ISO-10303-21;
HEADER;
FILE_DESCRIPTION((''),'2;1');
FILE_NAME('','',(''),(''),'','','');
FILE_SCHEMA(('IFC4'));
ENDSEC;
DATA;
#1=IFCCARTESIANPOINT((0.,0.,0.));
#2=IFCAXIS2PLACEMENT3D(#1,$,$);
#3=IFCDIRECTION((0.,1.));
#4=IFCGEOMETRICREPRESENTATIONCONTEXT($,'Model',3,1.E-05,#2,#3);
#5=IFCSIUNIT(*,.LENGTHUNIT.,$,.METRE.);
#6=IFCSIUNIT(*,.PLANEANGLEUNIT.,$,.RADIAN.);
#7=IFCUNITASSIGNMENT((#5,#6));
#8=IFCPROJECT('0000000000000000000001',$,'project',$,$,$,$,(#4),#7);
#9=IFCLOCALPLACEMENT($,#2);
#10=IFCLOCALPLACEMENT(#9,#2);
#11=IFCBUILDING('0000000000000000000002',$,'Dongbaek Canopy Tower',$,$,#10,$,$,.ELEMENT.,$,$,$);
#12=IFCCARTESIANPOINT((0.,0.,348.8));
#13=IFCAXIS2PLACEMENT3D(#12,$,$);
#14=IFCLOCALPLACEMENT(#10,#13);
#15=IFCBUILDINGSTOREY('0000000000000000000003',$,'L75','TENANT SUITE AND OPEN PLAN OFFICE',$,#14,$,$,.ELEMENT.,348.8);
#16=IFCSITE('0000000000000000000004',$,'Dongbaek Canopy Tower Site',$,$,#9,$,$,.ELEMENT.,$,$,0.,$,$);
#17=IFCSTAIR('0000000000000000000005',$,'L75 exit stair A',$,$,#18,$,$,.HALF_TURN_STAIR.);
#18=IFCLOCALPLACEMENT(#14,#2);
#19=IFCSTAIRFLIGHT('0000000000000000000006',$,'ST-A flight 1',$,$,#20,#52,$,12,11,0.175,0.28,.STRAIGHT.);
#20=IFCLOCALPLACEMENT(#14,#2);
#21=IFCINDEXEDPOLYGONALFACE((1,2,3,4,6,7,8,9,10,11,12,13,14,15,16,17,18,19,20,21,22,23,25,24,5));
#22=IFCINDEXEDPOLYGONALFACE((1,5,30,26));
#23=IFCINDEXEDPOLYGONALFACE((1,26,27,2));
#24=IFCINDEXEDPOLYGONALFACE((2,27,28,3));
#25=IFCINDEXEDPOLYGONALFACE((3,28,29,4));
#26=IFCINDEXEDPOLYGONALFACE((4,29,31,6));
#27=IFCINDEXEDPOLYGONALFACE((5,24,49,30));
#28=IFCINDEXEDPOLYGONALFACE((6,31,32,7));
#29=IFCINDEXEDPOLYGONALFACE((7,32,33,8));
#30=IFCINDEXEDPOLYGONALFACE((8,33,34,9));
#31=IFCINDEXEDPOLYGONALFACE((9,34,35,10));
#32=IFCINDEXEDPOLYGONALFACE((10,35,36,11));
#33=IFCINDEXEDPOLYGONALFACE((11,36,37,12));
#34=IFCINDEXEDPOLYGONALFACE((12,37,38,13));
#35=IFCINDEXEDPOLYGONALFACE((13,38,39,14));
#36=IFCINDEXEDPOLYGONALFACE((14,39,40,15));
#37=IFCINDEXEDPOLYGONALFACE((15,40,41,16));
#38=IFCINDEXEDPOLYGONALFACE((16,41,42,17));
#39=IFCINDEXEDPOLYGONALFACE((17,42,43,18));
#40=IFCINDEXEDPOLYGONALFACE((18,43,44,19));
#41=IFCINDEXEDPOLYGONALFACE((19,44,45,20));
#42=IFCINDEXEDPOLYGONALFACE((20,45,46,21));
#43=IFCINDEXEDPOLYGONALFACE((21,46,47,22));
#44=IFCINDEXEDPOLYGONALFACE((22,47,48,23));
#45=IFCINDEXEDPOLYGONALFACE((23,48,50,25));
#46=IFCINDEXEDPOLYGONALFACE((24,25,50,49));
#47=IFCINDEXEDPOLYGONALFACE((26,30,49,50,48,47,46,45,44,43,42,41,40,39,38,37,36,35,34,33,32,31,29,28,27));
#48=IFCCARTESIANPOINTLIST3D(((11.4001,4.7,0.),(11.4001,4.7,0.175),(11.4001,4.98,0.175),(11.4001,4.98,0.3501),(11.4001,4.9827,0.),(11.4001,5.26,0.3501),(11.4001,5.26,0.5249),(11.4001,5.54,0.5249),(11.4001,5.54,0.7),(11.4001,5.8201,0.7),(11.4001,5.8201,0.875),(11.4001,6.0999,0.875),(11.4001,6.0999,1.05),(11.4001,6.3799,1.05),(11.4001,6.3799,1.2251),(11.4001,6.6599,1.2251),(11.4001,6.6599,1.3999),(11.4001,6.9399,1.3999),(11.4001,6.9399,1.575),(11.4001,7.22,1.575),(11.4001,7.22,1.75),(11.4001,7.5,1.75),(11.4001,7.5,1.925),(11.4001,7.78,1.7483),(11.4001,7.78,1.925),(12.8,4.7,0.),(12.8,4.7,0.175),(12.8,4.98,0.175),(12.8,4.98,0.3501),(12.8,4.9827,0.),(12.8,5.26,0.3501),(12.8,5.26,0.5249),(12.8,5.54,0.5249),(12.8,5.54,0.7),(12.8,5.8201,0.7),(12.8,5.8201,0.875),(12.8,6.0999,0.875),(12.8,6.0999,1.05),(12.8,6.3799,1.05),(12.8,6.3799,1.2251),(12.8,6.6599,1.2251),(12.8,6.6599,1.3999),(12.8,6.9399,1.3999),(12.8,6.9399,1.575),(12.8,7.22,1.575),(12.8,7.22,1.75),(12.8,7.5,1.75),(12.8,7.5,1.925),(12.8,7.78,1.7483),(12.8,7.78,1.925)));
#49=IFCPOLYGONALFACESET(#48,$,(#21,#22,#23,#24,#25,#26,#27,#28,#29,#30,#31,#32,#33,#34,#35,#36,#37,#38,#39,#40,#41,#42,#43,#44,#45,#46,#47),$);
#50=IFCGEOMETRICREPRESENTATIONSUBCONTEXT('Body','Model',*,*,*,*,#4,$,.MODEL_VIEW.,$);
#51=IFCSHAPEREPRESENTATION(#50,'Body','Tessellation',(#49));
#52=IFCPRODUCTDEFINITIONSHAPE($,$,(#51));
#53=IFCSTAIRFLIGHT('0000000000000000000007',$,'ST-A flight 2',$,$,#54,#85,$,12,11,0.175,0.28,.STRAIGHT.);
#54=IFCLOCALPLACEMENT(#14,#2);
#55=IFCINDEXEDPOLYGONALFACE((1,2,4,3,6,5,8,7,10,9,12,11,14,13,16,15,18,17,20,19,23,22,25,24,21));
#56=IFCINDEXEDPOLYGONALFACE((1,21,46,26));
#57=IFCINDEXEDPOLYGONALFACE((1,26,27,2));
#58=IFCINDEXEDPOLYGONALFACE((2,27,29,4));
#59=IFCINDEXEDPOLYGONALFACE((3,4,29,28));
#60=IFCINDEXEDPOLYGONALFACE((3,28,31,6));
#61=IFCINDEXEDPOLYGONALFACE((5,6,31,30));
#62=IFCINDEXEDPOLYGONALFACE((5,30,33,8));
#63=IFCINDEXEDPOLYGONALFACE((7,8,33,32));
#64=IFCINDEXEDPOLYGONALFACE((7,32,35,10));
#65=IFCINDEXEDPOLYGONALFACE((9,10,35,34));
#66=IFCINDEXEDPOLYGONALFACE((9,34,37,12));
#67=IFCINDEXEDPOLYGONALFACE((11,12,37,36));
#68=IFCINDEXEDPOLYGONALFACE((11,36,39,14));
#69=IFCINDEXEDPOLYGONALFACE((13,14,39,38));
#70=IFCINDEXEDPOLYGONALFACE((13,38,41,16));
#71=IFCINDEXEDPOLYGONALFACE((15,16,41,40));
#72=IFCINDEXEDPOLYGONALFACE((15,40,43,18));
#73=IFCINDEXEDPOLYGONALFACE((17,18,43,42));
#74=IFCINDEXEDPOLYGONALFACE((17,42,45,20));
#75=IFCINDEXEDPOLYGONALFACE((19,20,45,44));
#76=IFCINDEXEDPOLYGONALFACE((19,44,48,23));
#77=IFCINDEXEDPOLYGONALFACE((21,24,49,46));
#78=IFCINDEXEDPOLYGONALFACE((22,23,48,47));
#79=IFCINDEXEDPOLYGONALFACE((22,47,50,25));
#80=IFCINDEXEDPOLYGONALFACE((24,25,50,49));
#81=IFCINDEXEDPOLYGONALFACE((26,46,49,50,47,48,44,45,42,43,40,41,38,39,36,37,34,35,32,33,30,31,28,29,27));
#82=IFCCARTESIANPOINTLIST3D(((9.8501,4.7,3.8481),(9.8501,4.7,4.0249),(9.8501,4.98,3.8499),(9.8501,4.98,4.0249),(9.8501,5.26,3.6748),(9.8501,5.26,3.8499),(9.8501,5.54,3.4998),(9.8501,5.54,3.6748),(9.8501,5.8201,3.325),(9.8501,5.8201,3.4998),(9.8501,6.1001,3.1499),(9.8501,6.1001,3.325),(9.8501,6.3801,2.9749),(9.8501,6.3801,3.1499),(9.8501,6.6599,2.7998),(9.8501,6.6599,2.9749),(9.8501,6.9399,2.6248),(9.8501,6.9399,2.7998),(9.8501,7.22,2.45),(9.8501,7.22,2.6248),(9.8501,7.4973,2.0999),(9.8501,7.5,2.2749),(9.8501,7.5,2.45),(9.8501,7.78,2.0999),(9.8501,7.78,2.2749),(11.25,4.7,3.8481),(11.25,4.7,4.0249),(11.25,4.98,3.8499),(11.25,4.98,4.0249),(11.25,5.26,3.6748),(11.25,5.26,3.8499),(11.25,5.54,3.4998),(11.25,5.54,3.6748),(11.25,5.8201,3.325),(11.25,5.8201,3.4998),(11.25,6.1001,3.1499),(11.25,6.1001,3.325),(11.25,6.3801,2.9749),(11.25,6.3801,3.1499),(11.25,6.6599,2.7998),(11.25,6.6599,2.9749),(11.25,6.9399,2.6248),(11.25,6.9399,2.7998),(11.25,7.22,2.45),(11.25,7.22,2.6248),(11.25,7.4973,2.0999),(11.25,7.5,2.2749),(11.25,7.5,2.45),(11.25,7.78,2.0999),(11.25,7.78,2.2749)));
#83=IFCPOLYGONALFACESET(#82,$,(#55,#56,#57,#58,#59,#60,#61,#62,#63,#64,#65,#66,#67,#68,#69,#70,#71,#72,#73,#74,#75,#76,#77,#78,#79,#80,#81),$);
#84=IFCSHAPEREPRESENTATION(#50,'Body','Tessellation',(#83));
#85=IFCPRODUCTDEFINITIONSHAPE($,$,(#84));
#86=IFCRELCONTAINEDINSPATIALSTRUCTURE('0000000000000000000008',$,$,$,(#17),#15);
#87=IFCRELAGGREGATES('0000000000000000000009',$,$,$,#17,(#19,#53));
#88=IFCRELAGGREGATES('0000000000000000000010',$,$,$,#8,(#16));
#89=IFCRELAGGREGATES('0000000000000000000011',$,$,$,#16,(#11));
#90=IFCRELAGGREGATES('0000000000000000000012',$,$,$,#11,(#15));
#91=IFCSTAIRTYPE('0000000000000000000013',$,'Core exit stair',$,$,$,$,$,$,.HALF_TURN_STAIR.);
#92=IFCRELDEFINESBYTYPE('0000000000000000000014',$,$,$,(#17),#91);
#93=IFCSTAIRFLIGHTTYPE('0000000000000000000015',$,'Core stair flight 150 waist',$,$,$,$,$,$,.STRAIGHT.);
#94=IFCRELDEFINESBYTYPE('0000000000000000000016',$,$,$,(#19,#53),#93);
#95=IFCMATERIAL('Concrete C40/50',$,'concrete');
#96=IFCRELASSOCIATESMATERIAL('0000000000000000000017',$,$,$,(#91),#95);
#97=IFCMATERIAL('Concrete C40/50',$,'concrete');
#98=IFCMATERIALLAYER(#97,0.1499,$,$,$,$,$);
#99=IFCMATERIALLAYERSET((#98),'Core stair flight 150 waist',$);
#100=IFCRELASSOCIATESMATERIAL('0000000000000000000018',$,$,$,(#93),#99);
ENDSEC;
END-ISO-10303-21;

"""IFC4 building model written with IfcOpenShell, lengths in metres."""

from ifc_helpers import new_model, si_unit, direction, frame, origin, place, context, subcontext, project, spatial, polyline, outline, extrude, material, layer, layer_set, type_object, element, aggregate, save


model = new_model("IFC4")

# Units and contexts
model_context = context("Model", 3, precision=1e-05, world=origin(), true_north=direction((0.0, 1.0)))
body_context = subcontext(model_context, "Body", "Model", "MODEL_VIEW")
ifc_project = project(units=[si_unit("LENGTHUNIT", "METRE"), si_unit("PLANEANGLEUNIT", "RADIAN")], contexts=[model_context])

# Site, building, storey
site_placement = place(None, origin())
site = spatial("IfcSite", under=ifc_project, at=site_placement, Name="Dongbaek Canopy Tower Site", CompositionType="ELEMENT", RefElevation=0.0)
building_placement = place(site_placement, origin())
building = spatial("IfcBuilding", under=site, at=building_placement, Name="Dongbaek Canopy Tower", CompositionType="ELEMENT")
storey_placement = place(building_placement, frame((0.0, 0.0, 348.8)))
storey = spatial("IfcBuildingStorey", under=building, at=storey_placement, Name="L75", Description="TENANT SUITE AND OPEN PLAN OFFICE", CompositionType="ELEMENT", Elevation=348.8)

# Stair, stair flights
ifc_material_1 = material(Name="Concrete C40/50", Category="concrete")
stair_type = type_object("IfcStairType", Name="Core exit stair", PredefinedType="HALF_TURN_STAIR", material=ifc_material_1)
stair_placement = place(storey_placement, origin())
stair = element("IfcStair", 1, at=stair_placement, inside=storey, type_object=stair_type, Name="L75 exit stair A", PredefinedType="HALF_TURN_STAIR")
ifc_material_2 = material(Name="Concrete C40/50", Category="concrete")
ifc_layer_1 = layer(ifc_material_2, 0.1499)
ifc_layer_set_1 = layer_set([ifc_layer_1], Name="Core stair flight 150 waist")
stair_flight_type = type_object("IfcStairFlightType", Name="Core stair flight 150 waist", PredefinedType="STRAIGHT", material=ifc_layer_set_1)
stair_flight_1_placement = place(storey_placement, frame((12.1001, 4.7, 0.0), z_axis=(0.0, 0.0, 1.0), x_axis=(0.0, 1.0, 0.0)))
stair_flight_1 = element("IfcStairFlight", 2, at=stair_flight_1_placement, type_object=stair_flight_type, Name="ST-A flight 1", NumberOfRisers=12, NumberOfTreads=11, PredefinedType="STRAIGHT", RiserHeight=0.175, TreadLength=0.28, context=body_context, shape_type="SweptSolid", body=[
    extrude(outline(polyline([(0.0, 0.0), (0.0, 0.175), (0.28, 0.175), (0.28, 0.3501), (0.5601, 0.3501), (0.5601, 0.5249), (0.8401, 0.5249), (0.8401, 0.7), (1.1201, 0.7), (1.1201, 0.875), (1.3999, 0.875), (1.3999, 1.05), (1.6799, 1.05), (1.6799, 1.2251), (1.96, 1.2251), (1.96, 1.3999), (2.24, 1.3999), (2.24, 1.575), (2.52, 1.575), (2.52, 1.75), (2.8, 1.75), (2.8, 1.925), (3.0801, 1.925), (3.0801, 2.1001), (3.0801, 1.7483), (0.2827, 0.0), (0.0, 0.0)])), frame((0.0, 0.7, 0.0), z_axis=(0.0, -1.0, 0.0), x_axis=(1.0, 0.0, 0.0)), (0.0, 0.0, 1.0), 1.3999),
])
stair_flight_2_placement = place(storey_placement, frame((10.55, 7.78, 2.0999), z_axis=(0.0, 0.0, 1.0), x_axis=(0.0, -1.0, 0.0)))
stair_flight_2 = element("IfcStairFlight", 3, at=stair_flight_2_placement, type_object=stair_flight_type, Name="ST-A flight 2", NumberOfRisers=12, NumberOfTreads=11, PredefinedType="STRAIGHT", RiserHeight=0.175, TreadLength=0.28, context=body_context, shape_type="SweptSolid", body=[
    extrude(outline(polyline([(0.0, 0.0), (0.0, 0.175), (0.28, 0.175), (0.28, 0.3501), (0.5601, 0.3501), (0.5601, 0.5249), (0.8401, 0.5249), (0.8401, 0.7), (1.1201, 0.7), (1.1201, 0.875), (1.3999, 0.875), (1.3999, 1.05), (1.6799, 1.05), (1.6799, 1.2251), (1.96, 1.2251), (1.96, 1.3999), (2.24, 1.3999), (2.24, 1.575), (2.52, 1.575), (2.52, 1.75), (2.8, 1.75), (2.8, 1.925), (3.0801, 1.925), (3.0801, 2.1001), (3.0801, 1.7483), (0.2827, 0.0), (0.0, 0.0)])), frame((0.0, 0.7, 0.0), z_axis=(0.0, -1.0, 0.0), x_axis=(1.0, 0.0, 0.0)), (0.0, 0.0, 1.0), 1.3999),
])
aggregate(stair, [stair_flight_1, stair_flight_2])

save(model, "model.ifc")
